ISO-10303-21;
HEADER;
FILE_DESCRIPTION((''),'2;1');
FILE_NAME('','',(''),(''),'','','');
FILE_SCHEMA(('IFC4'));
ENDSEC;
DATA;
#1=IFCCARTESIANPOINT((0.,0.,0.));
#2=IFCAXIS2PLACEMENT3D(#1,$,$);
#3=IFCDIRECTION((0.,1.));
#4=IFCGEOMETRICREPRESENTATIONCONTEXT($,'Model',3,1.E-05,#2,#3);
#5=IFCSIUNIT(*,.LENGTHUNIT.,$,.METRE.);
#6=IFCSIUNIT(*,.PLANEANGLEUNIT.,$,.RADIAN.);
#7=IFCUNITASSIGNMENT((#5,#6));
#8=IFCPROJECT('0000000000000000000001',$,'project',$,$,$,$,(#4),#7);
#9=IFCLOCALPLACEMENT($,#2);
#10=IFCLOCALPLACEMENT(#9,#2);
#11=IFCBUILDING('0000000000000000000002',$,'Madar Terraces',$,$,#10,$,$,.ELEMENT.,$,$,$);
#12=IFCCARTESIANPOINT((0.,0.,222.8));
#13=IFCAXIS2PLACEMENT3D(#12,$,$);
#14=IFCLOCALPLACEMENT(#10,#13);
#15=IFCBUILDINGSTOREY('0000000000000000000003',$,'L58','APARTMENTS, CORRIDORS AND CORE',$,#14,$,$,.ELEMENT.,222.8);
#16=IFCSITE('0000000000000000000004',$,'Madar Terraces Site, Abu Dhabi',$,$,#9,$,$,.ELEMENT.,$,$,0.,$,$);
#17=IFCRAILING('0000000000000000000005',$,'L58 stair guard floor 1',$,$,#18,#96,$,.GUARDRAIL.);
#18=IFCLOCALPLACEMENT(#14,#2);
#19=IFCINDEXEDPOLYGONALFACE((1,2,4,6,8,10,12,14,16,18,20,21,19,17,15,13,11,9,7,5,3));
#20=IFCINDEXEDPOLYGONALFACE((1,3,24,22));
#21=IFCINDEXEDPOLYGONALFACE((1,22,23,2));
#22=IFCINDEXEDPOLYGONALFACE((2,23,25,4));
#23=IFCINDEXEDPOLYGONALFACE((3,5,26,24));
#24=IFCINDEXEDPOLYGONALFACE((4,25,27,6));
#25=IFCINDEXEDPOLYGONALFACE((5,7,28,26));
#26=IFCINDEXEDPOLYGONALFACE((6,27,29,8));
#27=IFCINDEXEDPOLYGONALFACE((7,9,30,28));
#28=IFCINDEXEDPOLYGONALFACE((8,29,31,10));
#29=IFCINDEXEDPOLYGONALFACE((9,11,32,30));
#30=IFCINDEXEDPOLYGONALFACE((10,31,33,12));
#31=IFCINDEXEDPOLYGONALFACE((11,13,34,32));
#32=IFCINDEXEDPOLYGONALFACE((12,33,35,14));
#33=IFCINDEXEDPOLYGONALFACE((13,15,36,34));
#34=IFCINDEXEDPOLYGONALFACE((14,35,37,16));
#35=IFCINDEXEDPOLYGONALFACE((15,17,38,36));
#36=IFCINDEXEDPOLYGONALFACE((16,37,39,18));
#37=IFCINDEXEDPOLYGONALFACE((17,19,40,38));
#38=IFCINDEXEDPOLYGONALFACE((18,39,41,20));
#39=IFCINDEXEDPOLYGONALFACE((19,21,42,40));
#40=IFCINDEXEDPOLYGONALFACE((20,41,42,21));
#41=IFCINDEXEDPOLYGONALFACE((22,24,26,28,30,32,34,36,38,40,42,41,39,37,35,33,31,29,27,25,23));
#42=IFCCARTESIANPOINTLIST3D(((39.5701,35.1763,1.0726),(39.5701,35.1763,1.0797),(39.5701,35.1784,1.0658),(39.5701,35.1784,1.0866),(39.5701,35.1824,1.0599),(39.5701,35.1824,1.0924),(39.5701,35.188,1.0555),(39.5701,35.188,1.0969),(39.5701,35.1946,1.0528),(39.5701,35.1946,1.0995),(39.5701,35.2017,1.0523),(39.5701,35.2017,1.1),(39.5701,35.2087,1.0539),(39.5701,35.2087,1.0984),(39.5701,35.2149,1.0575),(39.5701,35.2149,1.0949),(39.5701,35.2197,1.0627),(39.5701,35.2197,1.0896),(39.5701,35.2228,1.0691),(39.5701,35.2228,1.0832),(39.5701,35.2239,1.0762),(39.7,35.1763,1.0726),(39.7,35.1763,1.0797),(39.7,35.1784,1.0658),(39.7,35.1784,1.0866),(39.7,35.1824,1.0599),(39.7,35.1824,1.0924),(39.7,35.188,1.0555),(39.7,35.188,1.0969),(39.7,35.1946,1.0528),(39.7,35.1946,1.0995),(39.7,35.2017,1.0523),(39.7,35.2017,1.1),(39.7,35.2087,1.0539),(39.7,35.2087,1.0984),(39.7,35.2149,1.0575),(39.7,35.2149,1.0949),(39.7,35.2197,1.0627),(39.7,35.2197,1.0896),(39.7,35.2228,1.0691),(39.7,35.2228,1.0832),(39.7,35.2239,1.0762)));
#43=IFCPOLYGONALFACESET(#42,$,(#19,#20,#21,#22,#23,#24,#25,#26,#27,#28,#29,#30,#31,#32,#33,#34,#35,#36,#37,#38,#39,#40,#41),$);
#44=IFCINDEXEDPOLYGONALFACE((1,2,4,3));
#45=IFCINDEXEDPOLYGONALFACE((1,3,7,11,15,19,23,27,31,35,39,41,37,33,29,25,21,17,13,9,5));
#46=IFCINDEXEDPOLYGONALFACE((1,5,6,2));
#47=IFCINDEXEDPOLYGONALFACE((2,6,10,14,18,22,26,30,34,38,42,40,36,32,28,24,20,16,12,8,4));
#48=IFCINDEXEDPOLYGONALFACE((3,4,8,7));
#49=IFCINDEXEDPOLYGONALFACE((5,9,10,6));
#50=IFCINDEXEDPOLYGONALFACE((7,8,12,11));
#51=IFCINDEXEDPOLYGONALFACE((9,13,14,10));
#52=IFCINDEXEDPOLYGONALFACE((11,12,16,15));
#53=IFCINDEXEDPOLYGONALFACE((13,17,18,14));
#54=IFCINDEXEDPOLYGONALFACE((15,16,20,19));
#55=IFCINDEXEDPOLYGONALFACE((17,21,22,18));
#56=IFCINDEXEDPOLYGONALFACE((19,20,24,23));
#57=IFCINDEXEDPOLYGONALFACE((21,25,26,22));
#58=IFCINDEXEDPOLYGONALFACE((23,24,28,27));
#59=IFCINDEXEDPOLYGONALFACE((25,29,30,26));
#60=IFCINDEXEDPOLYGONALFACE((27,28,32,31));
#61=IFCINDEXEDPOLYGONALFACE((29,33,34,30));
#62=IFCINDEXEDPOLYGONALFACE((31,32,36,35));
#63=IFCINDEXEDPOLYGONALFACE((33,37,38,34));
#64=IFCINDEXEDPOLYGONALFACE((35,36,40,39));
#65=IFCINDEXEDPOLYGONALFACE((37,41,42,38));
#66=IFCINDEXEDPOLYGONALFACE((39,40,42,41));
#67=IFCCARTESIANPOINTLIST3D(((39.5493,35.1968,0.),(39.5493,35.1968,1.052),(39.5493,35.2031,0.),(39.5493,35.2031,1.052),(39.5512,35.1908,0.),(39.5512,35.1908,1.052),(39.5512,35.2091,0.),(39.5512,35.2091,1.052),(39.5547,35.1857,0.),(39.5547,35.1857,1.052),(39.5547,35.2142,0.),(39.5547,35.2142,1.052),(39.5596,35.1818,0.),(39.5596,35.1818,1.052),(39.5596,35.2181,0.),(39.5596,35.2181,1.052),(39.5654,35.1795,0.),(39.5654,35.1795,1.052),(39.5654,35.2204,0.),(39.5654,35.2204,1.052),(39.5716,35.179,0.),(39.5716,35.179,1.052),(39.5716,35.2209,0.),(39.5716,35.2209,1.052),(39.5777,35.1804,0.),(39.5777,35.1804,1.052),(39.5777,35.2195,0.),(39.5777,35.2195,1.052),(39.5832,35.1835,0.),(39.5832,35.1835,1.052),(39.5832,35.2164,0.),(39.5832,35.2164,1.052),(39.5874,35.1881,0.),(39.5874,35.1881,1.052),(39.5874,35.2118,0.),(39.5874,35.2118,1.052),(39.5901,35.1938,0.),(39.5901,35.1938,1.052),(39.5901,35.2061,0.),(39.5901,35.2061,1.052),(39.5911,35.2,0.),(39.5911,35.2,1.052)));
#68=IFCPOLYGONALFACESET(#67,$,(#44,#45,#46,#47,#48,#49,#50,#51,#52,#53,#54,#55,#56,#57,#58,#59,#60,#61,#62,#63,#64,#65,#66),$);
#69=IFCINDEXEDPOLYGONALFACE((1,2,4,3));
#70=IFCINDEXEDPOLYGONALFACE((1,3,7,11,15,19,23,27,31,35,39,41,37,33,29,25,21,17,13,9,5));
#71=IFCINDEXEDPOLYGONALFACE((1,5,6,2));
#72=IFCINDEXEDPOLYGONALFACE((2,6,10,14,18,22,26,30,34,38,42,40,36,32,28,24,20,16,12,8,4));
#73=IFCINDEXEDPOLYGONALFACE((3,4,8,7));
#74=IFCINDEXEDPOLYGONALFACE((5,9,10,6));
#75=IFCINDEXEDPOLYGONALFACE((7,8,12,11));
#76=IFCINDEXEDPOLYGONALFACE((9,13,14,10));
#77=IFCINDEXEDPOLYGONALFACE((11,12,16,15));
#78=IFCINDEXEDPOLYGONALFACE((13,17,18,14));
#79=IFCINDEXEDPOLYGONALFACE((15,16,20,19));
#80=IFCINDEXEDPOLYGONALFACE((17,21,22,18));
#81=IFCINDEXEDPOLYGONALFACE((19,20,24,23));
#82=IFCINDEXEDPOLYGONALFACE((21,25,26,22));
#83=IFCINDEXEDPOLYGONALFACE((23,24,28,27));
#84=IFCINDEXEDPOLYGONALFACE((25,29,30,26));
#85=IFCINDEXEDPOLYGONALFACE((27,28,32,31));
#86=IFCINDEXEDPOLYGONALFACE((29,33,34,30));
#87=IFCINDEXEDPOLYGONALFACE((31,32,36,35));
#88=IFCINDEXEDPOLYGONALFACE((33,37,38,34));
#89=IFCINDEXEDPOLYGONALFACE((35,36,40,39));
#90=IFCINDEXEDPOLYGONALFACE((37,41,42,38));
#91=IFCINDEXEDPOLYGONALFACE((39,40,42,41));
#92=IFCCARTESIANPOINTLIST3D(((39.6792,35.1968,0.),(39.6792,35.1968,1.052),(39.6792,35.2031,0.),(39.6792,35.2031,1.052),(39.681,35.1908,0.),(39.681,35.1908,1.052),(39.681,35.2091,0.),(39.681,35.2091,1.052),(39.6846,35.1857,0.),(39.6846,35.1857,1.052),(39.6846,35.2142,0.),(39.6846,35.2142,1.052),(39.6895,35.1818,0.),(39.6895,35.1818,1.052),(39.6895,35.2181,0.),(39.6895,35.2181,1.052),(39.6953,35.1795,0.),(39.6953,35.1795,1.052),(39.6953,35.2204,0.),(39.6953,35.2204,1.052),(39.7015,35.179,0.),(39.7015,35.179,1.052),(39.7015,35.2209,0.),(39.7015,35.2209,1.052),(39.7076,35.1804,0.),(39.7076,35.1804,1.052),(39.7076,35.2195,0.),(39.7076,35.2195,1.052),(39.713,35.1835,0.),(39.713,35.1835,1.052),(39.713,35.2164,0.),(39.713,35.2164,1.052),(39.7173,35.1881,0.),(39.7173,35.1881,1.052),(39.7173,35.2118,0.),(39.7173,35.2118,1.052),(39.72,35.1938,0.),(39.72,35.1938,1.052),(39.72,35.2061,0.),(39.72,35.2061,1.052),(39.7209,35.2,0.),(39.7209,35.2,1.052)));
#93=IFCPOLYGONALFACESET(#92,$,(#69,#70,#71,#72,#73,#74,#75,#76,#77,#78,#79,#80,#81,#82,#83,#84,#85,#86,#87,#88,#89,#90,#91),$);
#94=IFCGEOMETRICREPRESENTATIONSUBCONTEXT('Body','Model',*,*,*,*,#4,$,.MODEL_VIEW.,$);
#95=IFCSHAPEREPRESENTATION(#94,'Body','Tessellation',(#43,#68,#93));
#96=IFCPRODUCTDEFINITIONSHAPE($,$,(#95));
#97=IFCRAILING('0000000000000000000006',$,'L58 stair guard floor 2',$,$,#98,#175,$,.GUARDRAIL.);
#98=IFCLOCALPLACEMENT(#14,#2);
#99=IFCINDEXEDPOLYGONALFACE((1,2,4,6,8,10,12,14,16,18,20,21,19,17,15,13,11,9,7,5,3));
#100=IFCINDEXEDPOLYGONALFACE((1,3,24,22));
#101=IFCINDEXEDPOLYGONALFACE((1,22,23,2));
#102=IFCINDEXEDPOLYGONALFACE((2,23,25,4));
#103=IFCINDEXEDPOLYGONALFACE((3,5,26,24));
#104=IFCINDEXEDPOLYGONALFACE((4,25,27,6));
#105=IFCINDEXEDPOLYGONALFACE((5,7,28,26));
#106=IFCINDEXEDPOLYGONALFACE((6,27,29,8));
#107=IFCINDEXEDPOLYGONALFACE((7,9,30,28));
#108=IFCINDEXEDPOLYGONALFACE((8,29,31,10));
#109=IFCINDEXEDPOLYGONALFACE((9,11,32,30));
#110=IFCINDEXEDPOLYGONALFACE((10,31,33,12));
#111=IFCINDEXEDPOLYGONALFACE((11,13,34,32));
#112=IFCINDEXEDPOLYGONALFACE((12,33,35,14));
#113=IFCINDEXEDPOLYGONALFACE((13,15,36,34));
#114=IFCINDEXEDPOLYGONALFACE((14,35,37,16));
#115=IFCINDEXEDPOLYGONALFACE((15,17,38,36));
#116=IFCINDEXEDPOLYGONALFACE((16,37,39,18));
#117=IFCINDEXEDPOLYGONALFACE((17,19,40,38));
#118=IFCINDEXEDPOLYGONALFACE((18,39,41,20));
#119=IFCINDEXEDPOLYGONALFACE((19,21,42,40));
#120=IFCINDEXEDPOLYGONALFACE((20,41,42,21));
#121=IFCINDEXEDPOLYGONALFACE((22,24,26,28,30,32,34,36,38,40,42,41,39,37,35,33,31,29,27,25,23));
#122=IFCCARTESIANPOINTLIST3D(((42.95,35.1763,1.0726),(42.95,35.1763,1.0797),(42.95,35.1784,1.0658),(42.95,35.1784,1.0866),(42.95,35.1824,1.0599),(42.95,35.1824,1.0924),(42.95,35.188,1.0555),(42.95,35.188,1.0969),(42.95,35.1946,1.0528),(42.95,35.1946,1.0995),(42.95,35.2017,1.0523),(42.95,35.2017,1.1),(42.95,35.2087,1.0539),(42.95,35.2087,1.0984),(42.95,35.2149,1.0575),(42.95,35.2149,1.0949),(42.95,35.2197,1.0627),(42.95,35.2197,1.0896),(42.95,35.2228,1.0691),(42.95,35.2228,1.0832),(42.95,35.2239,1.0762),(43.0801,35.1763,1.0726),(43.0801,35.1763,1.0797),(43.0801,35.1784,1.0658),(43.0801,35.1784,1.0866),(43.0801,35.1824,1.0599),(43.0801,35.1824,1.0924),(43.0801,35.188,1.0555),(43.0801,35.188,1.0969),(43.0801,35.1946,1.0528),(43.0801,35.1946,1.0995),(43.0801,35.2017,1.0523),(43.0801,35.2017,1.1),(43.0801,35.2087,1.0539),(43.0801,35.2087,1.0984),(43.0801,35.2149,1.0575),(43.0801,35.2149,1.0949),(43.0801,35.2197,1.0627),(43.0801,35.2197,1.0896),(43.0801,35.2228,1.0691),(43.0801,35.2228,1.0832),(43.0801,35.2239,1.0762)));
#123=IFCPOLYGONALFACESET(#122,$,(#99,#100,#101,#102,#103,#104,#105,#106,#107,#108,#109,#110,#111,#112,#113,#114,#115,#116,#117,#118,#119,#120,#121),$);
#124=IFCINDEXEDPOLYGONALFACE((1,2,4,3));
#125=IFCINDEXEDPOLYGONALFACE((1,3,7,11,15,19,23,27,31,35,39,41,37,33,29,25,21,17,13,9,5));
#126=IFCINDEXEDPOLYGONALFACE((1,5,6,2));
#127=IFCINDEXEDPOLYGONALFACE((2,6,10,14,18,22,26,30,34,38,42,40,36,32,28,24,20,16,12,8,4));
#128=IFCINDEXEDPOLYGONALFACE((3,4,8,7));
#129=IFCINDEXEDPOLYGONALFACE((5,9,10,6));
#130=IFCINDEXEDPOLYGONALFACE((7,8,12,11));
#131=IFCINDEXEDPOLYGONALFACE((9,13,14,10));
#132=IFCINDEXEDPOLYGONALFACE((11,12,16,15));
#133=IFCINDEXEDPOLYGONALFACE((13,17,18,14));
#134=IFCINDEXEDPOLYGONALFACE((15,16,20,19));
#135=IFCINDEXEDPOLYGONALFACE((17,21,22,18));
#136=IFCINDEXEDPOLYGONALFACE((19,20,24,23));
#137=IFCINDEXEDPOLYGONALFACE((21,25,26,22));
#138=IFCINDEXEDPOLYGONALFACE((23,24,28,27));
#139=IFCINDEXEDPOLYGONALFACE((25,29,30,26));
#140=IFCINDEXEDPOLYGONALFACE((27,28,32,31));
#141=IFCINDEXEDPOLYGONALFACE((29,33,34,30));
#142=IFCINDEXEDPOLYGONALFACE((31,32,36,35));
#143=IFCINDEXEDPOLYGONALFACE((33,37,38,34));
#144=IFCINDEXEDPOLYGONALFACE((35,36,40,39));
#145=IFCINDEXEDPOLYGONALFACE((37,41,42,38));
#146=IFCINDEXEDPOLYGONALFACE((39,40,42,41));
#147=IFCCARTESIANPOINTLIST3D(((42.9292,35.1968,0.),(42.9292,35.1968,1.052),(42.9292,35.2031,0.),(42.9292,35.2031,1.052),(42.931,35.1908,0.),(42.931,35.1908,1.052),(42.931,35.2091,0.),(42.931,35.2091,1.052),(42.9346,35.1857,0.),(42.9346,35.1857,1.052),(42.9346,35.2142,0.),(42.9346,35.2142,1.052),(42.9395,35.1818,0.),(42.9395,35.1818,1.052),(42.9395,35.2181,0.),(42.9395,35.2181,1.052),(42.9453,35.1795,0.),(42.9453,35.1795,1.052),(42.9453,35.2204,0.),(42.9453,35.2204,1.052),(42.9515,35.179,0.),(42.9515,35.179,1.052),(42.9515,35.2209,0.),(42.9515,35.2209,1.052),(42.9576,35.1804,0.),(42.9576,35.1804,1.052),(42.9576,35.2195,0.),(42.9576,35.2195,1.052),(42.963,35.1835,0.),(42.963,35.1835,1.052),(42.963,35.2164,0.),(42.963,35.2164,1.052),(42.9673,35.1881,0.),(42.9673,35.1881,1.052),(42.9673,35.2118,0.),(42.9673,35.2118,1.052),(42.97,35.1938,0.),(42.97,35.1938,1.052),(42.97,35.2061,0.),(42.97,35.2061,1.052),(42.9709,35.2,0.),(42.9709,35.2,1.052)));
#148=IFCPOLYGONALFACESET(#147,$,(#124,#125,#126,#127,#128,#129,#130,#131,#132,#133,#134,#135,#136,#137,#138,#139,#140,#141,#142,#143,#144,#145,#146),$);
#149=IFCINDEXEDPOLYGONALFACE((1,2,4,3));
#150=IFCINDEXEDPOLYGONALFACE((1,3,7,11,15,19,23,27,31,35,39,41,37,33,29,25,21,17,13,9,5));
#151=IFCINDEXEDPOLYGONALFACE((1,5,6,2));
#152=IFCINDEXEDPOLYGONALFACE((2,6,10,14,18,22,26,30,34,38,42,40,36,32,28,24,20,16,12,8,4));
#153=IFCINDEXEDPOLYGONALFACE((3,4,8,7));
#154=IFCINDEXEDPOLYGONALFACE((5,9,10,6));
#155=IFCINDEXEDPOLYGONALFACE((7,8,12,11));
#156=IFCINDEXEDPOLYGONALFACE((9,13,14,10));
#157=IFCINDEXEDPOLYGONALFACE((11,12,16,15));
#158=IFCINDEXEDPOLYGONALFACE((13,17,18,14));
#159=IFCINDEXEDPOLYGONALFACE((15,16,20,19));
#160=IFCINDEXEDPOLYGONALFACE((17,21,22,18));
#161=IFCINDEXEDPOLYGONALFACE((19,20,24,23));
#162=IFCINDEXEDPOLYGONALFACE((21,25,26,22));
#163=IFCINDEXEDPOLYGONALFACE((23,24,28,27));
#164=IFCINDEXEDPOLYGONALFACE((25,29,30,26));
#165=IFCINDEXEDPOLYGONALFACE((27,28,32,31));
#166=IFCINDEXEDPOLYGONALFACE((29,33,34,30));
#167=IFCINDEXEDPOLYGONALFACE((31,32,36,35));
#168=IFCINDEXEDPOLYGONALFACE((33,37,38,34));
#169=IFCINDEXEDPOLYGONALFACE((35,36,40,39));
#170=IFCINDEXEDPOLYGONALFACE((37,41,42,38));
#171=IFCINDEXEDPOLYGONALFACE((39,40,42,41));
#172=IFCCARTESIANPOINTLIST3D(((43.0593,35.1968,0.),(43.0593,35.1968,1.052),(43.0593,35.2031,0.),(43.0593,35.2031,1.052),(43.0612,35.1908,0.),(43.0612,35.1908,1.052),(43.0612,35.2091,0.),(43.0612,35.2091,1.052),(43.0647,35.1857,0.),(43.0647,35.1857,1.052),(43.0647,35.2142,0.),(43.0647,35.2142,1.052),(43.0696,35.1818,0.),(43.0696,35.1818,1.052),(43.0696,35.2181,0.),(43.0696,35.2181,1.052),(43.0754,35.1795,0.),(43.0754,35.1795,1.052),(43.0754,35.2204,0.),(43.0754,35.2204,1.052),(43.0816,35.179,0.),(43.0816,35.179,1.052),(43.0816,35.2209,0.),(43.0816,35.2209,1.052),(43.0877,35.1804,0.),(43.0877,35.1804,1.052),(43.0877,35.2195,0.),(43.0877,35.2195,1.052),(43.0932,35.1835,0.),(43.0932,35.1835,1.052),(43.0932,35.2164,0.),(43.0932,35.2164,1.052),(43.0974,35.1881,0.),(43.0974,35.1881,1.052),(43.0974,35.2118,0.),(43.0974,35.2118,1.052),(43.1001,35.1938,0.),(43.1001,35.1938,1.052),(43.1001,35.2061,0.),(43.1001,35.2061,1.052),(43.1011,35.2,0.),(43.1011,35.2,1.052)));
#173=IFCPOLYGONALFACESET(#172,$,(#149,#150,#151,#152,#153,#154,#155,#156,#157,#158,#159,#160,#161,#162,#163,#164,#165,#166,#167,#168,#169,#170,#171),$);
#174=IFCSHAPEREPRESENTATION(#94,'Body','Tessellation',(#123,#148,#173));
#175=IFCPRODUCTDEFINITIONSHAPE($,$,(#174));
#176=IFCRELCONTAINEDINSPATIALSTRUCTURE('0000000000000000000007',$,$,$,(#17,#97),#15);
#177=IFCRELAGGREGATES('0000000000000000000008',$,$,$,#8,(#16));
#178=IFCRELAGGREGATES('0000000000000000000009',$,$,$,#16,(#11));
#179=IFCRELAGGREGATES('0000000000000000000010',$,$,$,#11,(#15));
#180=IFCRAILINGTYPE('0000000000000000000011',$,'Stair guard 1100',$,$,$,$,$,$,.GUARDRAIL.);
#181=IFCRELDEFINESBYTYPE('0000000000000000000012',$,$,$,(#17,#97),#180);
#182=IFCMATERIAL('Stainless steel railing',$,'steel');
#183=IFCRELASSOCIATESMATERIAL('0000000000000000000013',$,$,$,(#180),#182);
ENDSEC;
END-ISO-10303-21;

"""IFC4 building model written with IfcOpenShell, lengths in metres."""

from ifc_helpers import new_model, si_unit, direction, frame, origin, origin_2d, place, context, subcontext, project, spatial, circle, extrude, material, type_object, element, save


model = new_model("IFC4")

# Units and contexts
model_context = context("Model", 3, precision=1e-05, world=origin(), true_north=direction((0.0, 1.0)))
body_context = subcontext(model_context, "Body", "Model", "MODEL_VIEW")
ifc_project = project(units=[si_unit("LENGTHUNIT", "METRE"), si_unit("PLANEANGLEUNIT", "RADIAN")], contexts=[model_context])

# Site, building, storey
site_placement = place(None, origin())
site = spatial("IfcSite", under=ifc_project, at=site_placement, Name="Madar Terraces Site, Abu Dhabi", CompositionType="ELEMENT", RefElevation=0.0)
building_placement = place(site_placement, origin())
building = spatial("IfcBuilding", under=site, at=building_placement, Name="Madar Terraces", CompositionType="ELEMENT")
storey_placement = place(building_placement, frame((0.0, 0.0, 222.8)))
storey = spatial("IfcBuildingStorey", under=building, at=storey_placement, Name="L58", Description="APARTMENTS, CORRIDORS AND CORE", CompositionType="ELEMENT", Elevation=222.8)

# Railings
ifc_material_1 = material(Name="Stainless steel railing", Category="steel")
railing_type_1 = type_object("IfcRailingType", Name="Stair guard 1100", PredefinedType="GUARDRAIL", material=ifc_material_1)
railing_1_placement = place(storey_placement, frame((39.5701, 35.2, 0.0)))
element("IfcRailing", 1, at=railing_1_placement, inside=storey, type_object=railing_type_1, Name="L58 stair guard floor 1", PredefinedType="GUARDRAIL", context=body_context, shape_type="SweptSolid", body=[
    extrude(circle(Radius=0.0239, at=origin_2d()), frame((0.0, 0.0, 1.0762), z_axis=(1.0, 0.0, 0.0), x_axis=(0.0, 1.0, 0.0)), (0.0, 0.0, 1.0), 0.1299),
    extrude(circle(Radius=0.021, at=origin_2d()), origin(), (0.0, 0.0, 1.0), 1.052),
    extrude(circle(Radius=0.021, at=origin_2d()), frame((0.1299, 0.0, 0.0)), (0.0, 0.0, 1.0), 1.052),
])
railing_2_placement = place(storey_placement, frame((42.95, 35.2, 0.0)))
element("IfcRailing", 2, at=railing_2_placement, inside=storey, type_object=railing_type_1, Name="L58 stair guard floor 2", PredefinedType="GUARDRAIL", context=body_context, shape_type="SweptSolid", body=[
    extrude(circle(Radius=0.0239, at=origin_2d()), frame((0.0, 0.0, 1.0762), z_axis=(1.0, 0.0, 0.0), x_axis=(0.0, 1.0, 0.0)), (0.0, 0.0, 1.0), 0.1301),
    extrude(circle(Radius=0.021, at=origin_2d()), origin(), (0.0, 0.0, 1.0), 1.052),
    extrude(circle(Radius=0.021, at=origin_2d()), frame((0.1301, 0.0, 0.0)), (0.0, 0.0, 1.0), 1.052),
])

save(model, "model.ifc")
